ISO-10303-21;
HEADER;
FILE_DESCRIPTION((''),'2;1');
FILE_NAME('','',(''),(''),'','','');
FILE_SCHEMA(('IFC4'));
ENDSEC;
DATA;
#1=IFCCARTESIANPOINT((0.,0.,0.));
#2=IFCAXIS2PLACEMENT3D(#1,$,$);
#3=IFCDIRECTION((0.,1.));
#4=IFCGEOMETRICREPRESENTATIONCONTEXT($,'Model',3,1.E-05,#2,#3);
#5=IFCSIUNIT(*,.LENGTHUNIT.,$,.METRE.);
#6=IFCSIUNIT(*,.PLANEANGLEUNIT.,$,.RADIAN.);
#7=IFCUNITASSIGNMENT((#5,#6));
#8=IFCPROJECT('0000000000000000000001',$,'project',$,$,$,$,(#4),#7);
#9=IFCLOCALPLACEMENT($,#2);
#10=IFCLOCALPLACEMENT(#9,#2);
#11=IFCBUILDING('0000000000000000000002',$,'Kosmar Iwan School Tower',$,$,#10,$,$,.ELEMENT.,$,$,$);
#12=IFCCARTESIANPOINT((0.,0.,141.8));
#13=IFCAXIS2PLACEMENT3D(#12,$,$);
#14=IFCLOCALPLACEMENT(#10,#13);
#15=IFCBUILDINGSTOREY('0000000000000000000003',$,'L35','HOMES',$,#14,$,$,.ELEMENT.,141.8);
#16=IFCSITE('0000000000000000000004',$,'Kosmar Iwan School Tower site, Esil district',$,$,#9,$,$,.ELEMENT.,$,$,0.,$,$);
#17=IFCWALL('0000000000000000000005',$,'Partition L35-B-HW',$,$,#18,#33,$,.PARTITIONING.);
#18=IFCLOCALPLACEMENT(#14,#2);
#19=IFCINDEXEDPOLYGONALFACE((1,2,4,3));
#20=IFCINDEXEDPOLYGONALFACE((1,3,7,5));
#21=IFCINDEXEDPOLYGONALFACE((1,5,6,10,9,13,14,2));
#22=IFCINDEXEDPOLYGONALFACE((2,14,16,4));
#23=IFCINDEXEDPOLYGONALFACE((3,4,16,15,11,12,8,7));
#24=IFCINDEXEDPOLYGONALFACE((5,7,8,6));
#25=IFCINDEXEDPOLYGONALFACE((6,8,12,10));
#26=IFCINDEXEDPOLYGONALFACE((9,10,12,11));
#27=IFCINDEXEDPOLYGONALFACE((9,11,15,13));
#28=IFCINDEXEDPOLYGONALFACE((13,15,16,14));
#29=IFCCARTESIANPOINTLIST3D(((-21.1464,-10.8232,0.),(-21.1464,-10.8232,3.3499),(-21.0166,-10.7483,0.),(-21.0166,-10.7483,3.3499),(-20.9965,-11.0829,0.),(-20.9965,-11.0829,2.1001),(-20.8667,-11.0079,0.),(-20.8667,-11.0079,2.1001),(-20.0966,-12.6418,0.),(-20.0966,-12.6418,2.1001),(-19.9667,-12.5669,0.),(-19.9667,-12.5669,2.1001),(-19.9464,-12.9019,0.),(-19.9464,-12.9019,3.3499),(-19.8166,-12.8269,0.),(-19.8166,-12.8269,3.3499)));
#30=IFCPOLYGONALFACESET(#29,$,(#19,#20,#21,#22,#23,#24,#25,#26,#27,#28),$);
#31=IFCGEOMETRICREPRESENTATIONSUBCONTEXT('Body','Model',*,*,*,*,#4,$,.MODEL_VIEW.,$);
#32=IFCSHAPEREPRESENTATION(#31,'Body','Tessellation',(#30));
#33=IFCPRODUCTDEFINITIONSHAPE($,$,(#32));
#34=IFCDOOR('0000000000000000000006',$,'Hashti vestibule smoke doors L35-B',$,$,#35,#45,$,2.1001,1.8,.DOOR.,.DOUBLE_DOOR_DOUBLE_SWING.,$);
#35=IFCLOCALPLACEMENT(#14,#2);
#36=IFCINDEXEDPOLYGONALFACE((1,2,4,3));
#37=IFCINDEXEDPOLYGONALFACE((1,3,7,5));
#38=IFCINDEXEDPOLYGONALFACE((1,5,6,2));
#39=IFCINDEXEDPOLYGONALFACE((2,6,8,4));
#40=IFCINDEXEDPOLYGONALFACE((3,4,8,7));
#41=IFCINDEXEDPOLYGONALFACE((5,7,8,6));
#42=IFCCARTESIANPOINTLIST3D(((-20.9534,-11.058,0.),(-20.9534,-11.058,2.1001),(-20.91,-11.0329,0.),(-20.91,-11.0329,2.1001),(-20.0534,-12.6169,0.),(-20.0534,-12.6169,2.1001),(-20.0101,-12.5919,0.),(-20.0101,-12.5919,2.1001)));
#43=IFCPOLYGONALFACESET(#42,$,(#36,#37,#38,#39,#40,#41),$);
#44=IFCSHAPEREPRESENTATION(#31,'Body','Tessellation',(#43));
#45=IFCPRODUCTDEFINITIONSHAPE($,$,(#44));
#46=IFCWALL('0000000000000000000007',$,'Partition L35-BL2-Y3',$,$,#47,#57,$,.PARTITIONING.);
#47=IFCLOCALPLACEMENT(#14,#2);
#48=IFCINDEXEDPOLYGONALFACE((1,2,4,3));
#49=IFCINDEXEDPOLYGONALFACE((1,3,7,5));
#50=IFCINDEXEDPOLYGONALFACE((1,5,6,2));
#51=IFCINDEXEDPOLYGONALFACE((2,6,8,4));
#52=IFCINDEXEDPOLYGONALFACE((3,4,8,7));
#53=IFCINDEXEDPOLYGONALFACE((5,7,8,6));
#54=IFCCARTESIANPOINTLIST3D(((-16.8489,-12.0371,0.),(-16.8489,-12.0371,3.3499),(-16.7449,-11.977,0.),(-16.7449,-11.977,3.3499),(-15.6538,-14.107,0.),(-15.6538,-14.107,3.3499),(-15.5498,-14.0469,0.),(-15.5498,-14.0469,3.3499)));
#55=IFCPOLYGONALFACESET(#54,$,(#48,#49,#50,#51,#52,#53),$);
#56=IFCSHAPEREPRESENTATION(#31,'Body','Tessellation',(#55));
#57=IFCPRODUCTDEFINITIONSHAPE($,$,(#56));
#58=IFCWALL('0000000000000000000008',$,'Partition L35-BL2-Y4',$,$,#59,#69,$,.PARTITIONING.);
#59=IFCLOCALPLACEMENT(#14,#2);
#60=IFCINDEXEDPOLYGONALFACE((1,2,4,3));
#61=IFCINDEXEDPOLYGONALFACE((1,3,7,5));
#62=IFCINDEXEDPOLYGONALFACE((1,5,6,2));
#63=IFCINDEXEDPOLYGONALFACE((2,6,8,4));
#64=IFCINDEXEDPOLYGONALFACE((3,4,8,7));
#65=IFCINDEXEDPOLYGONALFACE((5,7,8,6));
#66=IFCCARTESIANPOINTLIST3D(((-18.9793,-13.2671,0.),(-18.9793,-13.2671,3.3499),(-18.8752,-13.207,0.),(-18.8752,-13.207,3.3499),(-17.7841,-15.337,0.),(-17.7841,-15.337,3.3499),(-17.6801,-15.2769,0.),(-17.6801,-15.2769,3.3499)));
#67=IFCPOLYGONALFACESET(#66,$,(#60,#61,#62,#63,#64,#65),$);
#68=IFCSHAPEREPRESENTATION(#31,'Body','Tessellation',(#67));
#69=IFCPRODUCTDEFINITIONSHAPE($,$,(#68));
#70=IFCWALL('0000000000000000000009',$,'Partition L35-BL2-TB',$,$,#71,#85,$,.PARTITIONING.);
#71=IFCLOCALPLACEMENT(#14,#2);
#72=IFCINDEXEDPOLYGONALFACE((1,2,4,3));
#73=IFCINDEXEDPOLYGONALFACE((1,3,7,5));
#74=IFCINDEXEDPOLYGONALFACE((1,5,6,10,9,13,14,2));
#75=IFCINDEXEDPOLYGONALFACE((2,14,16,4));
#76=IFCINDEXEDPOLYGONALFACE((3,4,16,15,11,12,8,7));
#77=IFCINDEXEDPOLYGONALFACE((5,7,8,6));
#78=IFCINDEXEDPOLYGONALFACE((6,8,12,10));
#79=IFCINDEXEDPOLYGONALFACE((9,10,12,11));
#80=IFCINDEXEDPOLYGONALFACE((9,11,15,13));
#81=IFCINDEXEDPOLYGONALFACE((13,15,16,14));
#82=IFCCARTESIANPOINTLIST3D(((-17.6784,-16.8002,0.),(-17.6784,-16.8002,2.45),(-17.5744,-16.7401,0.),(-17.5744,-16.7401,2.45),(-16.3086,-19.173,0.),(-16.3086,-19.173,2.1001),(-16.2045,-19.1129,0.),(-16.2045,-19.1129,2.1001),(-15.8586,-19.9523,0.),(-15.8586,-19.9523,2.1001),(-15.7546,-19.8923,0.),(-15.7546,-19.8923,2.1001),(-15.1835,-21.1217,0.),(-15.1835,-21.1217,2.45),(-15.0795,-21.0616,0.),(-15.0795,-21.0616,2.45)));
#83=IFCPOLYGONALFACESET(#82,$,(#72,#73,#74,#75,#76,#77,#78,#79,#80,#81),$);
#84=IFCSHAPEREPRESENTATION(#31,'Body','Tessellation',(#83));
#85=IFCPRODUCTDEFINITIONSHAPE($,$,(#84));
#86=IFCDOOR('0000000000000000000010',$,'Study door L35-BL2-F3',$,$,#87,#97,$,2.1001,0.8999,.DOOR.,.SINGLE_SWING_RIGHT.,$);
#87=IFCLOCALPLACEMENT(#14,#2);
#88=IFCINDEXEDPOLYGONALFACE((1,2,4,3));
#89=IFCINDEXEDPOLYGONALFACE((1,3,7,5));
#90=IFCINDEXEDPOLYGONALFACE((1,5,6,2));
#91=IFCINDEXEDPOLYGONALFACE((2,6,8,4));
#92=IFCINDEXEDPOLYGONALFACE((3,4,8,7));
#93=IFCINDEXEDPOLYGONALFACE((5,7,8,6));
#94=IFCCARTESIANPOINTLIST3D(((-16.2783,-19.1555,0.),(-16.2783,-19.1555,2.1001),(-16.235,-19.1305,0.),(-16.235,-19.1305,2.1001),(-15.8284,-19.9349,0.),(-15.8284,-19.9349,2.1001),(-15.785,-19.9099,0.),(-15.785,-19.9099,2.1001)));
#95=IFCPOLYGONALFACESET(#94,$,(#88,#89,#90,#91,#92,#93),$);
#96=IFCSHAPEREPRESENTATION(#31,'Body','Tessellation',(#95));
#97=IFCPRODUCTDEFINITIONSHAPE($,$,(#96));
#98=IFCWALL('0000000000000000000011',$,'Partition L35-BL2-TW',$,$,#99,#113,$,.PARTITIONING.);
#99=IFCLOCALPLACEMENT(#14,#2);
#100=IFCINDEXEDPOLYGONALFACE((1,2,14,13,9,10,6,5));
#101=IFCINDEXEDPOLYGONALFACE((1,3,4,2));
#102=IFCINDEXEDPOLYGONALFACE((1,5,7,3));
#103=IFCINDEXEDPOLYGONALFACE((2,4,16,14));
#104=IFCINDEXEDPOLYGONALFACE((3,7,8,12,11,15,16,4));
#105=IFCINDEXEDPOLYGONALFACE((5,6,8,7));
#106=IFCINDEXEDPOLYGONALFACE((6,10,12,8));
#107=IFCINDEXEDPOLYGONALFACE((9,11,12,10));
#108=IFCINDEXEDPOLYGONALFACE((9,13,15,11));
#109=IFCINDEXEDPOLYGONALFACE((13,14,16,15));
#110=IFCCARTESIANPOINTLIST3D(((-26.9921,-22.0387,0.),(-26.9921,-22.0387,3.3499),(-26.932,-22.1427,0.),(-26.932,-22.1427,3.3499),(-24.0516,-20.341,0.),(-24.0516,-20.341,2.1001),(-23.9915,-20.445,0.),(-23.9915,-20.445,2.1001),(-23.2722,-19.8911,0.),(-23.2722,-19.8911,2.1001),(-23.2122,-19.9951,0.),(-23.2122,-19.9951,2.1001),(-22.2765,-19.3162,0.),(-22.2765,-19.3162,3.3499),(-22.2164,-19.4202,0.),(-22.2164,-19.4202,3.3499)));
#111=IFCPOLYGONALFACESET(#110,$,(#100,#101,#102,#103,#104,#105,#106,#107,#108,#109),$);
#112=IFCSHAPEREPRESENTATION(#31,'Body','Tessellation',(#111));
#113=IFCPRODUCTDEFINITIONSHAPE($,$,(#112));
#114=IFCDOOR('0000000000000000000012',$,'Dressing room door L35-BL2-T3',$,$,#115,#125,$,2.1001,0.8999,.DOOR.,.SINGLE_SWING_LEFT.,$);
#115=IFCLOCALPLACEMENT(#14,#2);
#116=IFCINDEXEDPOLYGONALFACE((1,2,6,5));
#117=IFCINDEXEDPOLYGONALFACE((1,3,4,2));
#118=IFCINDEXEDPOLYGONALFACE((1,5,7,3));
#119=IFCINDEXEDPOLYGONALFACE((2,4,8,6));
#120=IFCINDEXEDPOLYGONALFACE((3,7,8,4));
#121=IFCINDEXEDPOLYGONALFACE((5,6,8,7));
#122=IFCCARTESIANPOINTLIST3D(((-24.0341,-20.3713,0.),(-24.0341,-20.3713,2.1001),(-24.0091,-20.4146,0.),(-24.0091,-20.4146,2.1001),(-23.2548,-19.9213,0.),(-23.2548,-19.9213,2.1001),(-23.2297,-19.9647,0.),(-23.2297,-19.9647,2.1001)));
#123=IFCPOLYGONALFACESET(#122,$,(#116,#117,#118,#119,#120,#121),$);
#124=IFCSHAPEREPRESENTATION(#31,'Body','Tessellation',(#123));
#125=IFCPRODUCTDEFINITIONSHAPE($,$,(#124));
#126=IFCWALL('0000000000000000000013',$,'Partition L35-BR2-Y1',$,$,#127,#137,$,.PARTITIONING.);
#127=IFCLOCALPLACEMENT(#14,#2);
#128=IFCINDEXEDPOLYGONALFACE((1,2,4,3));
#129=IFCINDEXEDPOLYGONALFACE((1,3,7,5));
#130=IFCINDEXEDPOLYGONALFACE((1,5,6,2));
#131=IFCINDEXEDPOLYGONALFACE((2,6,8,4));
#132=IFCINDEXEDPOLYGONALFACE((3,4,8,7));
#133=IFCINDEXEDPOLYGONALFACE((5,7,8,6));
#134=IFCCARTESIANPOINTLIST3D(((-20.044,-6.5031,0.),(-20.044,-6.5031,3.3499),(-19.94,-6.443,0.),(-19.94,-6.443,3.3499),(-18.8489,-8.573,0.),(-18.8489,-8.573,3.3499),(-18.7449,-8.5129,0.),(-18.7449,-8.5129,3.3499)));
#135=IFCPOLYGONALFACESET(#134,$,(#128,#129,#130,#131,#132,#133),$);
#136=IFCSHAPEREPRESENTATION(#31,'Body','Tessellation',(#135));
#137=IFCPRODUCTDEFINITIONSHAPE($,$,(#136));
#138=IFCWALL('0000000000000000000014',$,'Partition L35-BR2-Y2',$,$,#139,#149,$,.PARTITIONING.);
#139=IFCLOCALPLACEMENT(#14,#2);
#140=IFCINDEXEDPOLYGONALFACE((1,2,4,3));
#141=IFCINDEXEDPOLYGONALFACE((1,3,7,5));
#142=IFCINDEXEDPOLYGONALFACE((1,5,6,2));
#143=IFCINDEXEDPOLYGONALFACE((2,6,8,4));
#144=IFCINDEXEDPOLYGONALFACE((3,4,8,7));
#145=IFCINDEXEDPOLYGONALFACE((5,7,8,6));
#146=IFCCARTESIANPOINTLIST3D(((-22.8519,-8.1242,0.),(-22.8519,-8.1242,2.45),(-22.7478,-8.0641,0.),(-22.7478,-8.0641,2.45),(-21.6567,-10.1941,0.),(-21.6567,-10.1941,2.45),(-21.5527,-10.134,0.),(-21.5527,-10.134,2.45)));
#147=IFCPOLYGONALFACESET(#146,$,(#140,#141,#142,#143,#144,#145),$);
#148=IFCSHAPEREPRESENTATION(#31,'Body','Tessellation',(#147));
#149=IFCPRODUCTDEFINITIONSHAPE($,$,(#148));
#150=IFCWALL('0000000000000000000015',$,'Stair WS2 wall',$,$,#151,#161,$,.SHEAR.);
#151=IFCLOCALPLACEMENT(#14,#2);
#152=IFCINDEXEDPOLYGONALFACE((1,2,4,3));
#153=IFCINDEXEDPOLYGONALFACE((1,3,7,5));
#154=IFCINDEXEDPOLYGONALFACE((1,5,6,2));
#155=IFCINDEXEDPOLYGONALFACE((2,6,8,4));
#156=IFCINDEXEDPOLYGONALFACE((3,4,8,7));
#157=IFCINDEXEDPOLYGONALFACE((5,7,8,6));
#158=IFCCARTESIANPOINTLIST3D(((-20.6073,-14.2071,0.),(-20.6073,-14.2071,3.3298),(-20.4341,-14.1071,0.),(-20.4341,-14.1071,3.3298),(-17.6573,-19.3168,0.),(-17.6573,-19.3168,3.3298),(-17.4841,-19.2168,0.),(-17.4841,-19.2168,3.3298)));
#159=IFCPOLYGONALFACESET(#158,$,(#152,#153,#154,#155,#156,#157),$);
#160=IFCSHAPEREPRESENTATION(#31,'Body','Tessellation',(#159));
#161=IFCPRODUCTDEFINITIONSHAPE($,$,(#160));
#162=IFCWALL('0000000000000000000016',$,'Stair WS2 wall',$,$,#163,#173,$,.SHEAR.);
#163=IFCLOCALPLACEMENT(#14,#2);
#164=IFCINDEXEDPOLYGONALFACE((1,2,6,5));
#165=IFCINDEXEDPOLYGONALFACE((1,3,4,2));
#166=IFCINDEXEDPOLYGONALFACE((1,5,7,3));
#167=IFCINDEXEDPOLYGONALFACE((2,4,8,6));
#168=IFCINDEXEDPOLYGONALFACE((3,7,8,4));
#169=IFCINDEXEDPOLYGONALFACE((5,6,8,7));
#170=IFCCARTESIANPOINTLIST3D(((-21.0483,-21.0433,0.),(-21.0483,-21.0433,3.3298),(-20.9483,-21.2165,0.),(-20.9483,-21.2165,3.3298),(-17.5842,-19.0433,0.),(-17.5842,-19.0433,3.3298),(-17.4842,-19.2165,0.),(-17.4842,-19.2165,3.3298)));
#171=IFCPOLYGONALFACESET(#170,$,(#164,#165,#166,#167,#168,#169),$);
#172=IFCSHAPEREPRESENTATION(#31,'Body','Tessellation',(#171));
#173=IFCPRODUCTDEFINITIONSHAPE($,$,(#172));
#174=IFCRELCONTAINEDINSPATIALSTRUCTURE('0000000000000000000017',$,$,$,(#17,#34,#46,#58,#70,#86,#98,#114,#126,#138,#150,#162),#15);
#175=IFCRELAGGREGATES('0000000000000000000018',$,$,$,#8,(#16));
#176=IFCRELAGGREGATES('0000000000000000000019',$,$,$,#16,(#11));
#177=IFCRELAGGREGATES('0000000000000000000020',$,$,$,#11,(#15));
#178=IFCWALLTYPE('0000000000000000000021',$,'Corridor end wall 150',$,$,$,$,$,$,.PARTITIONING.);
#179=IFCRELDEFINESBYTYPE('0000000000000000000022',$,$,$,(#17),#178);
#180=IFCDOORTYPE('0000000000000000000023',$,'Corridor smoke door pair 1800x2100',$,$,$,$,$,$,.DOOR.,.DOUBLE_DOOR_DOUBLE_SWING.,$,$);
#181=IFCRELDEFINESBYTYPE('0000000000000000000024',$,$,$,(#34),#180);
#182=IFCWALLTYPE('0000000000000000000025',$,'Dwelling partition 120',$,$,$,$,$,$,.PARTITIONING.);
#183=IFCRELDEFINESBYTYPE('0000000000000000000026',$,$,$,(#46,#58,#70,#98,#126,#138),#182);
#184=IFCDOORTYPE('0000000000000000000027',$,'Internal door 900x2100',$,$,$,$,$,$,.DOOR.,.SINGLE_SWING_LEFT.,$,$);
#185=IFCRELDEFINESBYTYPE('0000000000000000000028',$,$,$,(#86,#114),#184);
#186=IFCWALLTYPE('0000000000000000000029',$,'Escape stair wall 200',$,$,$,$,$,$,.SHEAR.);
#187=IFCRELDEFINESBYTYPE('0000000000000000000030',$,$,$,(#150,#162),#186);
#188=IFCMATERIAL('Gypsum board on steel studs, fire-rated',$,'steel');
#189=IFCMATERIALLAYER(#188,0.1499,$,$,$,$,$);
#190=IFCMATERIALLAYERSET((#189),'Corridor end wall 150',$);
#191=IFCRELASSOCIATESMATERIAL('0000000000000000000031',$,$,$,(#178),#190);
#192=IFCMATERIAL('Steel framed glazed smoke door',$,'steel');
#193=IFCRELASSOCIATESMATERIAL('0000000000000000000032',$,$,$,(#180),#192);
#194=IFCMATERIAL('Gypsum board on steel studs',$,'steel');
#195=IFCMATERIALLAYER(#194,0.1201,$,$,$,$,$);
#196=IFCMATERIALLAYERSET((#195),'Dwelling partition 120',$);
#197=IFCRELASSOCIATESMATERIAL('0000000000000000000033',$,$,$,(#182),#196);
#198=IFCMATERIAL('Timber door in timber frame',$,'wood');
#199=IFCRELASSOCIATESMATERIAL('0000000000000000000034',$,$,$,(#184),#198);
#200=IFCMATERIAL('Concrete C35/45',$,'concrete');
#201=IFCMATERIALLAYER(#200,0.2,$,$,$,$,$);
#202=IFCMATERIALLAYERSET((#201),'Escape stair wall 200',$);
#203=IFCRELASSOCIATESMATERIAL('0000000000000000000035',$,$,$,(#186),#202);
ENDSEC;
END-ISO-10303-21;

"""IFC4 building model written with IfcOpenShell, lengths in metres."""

from ifc_helpers import new_model, si_unit, direction, frame, frame_2d, origin, place, context, subcontext, project, spatial, rectangle, extrude, material, layer, layer_set, type_object, element, fill, save


model = new_model("IFC4")

# Units and contexts
model_context = context("Model", 3, precision=1e-05, world=origin(), true_north=direction((0.0, 1.0)))
body_context = subcontext(model_context, "Body", "Model", "MODEL_VIEW")
ifc_project = project(units=[si_unit("LENGTHUNIT", "METRE"), si_unit("PLANEANGLEUNIT", "RADIAN")], contexts=[model_context])

# Site, building, storey
site_placement = place(None, origin())
site = spatial("IfcSite", under=ifc_project, at=site_placement, Name="Kosmar Iwan School Tower site, Esil district", CompositionType="ELEMENT", RefElevation=0.0)
building_placement = place(site_placement, origin())
building = spatial("IfcBuilding", under=site, at=building_placement, Name="Kosmar Iwan School Tower", CompositionType="ELEMENT")
storey_placement = place(building_placement, frame((0.0, 0.0, 141.8)))
storey = spatial("IfcBuildingStorey", under=building, at=storey_placement, Name="L35", Description="HOMES", CompositionType="ELEMENT", Elevation=141.8)

# Wall, opening, door
ifc_material_1 = material(Name="Gypsum board on steel studs, fire-rated", Category="steel")
ifc_layer_1 = layer(ifc_material_1, 0.1499)
ifc_layer_set_1 = layer_set([ifc_layer_1], Name="Corridor end wall 150")
wall_type_1 = type_object("IfcWallType", Name="Corridor end wall 150", PredefinedType="PARTITIONING", material=ifc_layer_set_1)
wall_1_placement = place(storey_placement, frame((-21.0815, -10.7856, 0.0), z_axis=(0.0, 0.0, 1.0), x_axis=(0.499957, -0.86605, 0.0)))
wall_1 = element("IfcWall", 1, at=wall_1_placement, inside=storey, type_object=wall_type_1, Name="Partition L35-B-HW", PredefinedType="PARTITIONING", context=body_context, shape_type="SweptSolid", body=[
    extrude(rectangle(XDim=2.4001, YDim=0.1499, at=frame_2d((1.2002, 0.0))), origin(), (0.0, 0.0, 1.0), 3.3499),
])
opening_1_placement = place(wall_1_placement, frame((0.3, 0.0, 0.0)))
opening_1 = element("IfcOpeningElement", 2, at=opening_1_placement, cuts=wall_1, PredefinedType="OPENING", context=body_context, shape_type="SweptSolid", body=[
    extrude(rectangle(XDim=1.8, YDim=2.1001, at=frame_2d((0.8999, 1.05))), frame((0.0, 0.0869, 0.0), z_axis=(0.0, -1.0, 0.0), x_axis=(1.0, 0.0, 0.0)), (0.0, 0.0, 1.0), 0.1738),
])
ifc_material_2 = material(Name="Steel framed glazed smoke door", Category="steel")
door_type_1 = type_object("IfcDoorType", Name="Corridor smoke door pair 1800x2100", OperationType="DOUBLE_DOOR_DOUBLE_SWING", PredefinedType="DOOR", material=ifc_material_2)
door_1_placement = place(opening_1_placement, origin())
door_1 = element("IfcDoor", 3, at=door_1_placement, inside=storey, type_object=door_type_1, Name="Hashti vestibule smoke doors L35-B", OperationType="DOUBLE_DOOR_DOUBLE_SWING", OverallHeight=2.1001, OverallWidth=1.8, PredefinedType="DOOR", context=body_context, shape_type="SweptSolid", body=[
    extrude(rectangle(XDim=1.8, YDim=2.1001, at=frame_2d((0.8999, 1.05))), frame((0.0, 0.0249, 0.0), z_axis=(0.0, -1.0, 0.0), x_axis=(1.0, 0.0, 0.0)), (0.0, 0.0, 1.0), 0.05),
])
fill(opening_1, door_1)

# Walls
ifc_material_3 = material(Name="Gypsum board on steel studs", Category="steel")
ifc_layer_2 = layer(ifc_material_3, 0.1201)
ifc_layer_set_2 = layer_set([ifc_layer_2], Name="Dwelling partition 120")
wall_type_2 = type_object("IfcWallType", Name="Dwelling partition 120", PredefinedType="PARTITIONING", material=ifc_layer_set_2)
for number, where, z_axis, x_axis, name in (
    (4, (-16.7969, -12.0071, 0.0), (0.0, 0.0, 1.0), (0.500017, -0.866015, 0.0), "Partition L35-BL2-Y3"),
    (5, (-18.9272, -13.2371, 0.0), (0.0, 0.0, 1.0), (0.500017, -0.866015, 0.0), "Partition L35-BL2-Y4"),
):
    element("IfcWall", number, at=place(storey_placement, frame(where, z_axis=z_axis, x_axis=x_axis)), inside=storey, type_object=wall_type_2, Name=name, PredefinedType="PARTITIONING", context=body_context, shape_type="SweptSolid", body=[
        extrude(rectangle(XDim=2.3901, YDim=0.1201, at=frame_2d((1.1951, 0.0))), origin(), (0.0, 0.0, 1.0), 3.3499),
    ])

# Walls, openings, doors
wall_2_placement = place(storey_placement, frame((-17.6265, -16.77, 0.0), z_axis=(0.0, 0.0, 1.0), x_axis=(0.499975, -0.86604, 0.0)))
wall_2 = element("IfcWall", 6, at=wall_2_placement, inside=storey, type_object=wall_type_2, Name="Partition L35-BL2-TB", PredefinedType="PARTITIONING", context=body_context, shape_type="SweptSolid", body=[
    extrude(rectangle(XDim=4.99, YDim=0.1201, at=frame_2d((2.4951, 0.0))), origin(), (0.0, 0.0, 1.0), 2.45),
])
opening_2_placement = place(wall_2_placement, frame((2.74, 0.0, 0.0)))
opening_2 = element("IfcOpeningElement", 7, at=opening_2_placement, cuts=wall_2, PredefinedType="OPENING", context=body_context, shape_type="SweptSolid", body=[
    extrude(rectangle(XDim=0.8999, YDim=2.1001, at=frame_2d((0.45, 1.05))), frame((0.0, 0.072, 0.0), z_axis=(0.0, -1.0, 0.0), x_axis=(1.0, 0.0, 0.0)), (0.0, 0.0, 1.0), 0.144),
])
ifc_material_4 = material(Name="Timber door in timber frame", Category="wood")
door_type_2 = type_object("IfcDoorType", Name="Internal door 900x2100", OperationType="SINGLE_SWING_LEFT", PredefinedType="DOOR", material=ifc_material_4)
door_2_placement = place(opening_2_placement, origin())
door_2 = element("IfcDoor", 8, at=door_2_placement, inside=storey, type_object=door_type_2, Name="Study door L35-BL2-F3", OperationType="SINGLE_SWING_RIGHT", OverallHeight=2.1001, OverallWidth=0.8999, PredefinedType="DOOR", context=body_context, shape_type="SweptSolid", body=[
    extrude(rectangle(XDim=0.8999, YDim=2.1001, at=frame_2d((0.45, 1.05))), frame((0.0, 0.0249, 0.0), z_axis=(0.0, -1.0, 0.0), x_axis=(1.0, 0.0, 0.0)), (0.0, 0.0, 1.0), 0.05),
])
fill(opening_2, door_2)
wall_3_placement = place(storey_placement, frame((-22.2463, -19.3682, 0.0), z_axis=(0.0, 0.0, 1.0), x_axis=(-0.866036, -0.499982, 0.0)))
wall_3 = element("IfcWall", 9, at=wall_3_placement, inside=storey, type_object=wall_type_2, Name="Partition L35-BL2-TW", PredefinedType="PARTITIONING", context=body_context, shape_type="SweptSolid", body=[
    extrude(rectangle(XDim=5.4451, YDim=0.1201, at=frame_2d((2.7227, 0.0))), origin(), (0.0, 0.0, 1.0), 3.3499),
])
opening_3_placement = place(wall_3_placement, frame((1.1499, 0.0, 0.0)))
opening_3 = element("IfcOpeningElement", 10, at=opening_3_placement, cuts=wall_3, PredefinedType="OPENING", context=body_context, shape_type="SweptSolid", body=[
    extrude(rectangle(XDim=0.8999, YDim=2.1001, at=frame_2d((0.45, 1.05))), frame((0.0, 0.072, 0.0), z_axis=(0.0, -1.0, 0.0), x_axis=(1.0, 0.0, 0.0)), (0.0, 0.0, 1.0), 0.144),
])
door_3_placement = place(opening_3_placement, origin())
door_3 = element("IfcDoor", 11, at=door_3_placement, inside=storey, type_object=door_type_2, Name="Dressing room door L35-BL2-T3", OperationType="SINGLE_SWING_LEFT", OverallHeight=2.1001, OverallWidth=0.8999, PredefinedType="DOOR", context=body_context, shape_type="SweptSolid", body=[
    extrude(rectangle(XDim=0.8999, YDim=2.1001, at=frame_2d((0.45, 1.05))), frame((0.0, 0.0249, 0.0), z_axis=(0.0, -1.0, 0.0), x_axis=(1.0, 0.0, 0.0)), (0.0, 0.0, 1.0), 0.05),
])
fill(opening_3, door_3)

# Walls
wall_4_placement = place(storey_placement, frame((-18.7969, -8.543, 0.0), z_axis=(0.0, 0.0, 1.0), x_axis=(-0.500017, 0.866015, 0.0)))
element("IfcWall", 12, at=wall_4_placement, inside=storey, type_object=wall_type_2, Name="Partition L35-BR2-Y1", PredefinedType="PARTITIONING", context=body_context, shape_type="SweptSolid", body=[
    extrude(rectangle(XDim=2.3901, YDim=0.1201, at=frame_2d((1.1951, 0.0))), origin(), (0.0, 0.0, 1.0), 3.3499),
])
wall_5_placement = place(storey_placement, frame((-21.6047, -10.1641, 0.0), z_axis=(0.0, 0.0, 1.0), x_axis=(-0.500017, 0.866015, 0.0)))
element("IfcWall", 13, at=wall_5_placement, inside=storey, type_object=wall_type_2, Name="Partition L35-BR2-Y2", PredefinedType="PARTITIONING", context=body_context, shape_type="SweptSolid", body=[
    extrude(rectangle(XDim=2.3901, YDim=0.1201, at=frame_2d((1.1951, 0.0))), origin(), (0.0, 0.0, 1.0), 2.45),
])
ifc_material_5 = material(Name="Concrete C35/45", Category="concrete")
ifc_layer_3 = layer(ifc_material_5, 0.2)
ifc_layer_set_3 = layer_set([ifc_layer_3], Name="Escape stair wall 200")
wall_type_3 = type_object("IfcWallType", Name="Escape stair wall 200", PredefinedType="SHEAR", material=ifc_layer_set_3)
wall_6_placement = place(storey_placement, frame((-20.5208, -14.157, 0.0), z_axis=(0.0, 0.0, 1.0), x_axis=(0.499989, -0.866032, 0.0)))
element("IfcWall", 14, at=wall_6_placement, inside=storey, type_object=wall_type_3, Name="Stair WS2 wall", PredefinedType="SHEAR", context=body_context, shape_type="SweptSolid", body=[
    extrude(rectangle(XDim=5.9001, YDim=0.2, at=frame_2d((2.9502, 0.0))), origin(), (0.0, 0.0, 1.0), 3.3298),
])
wall_7_placement = place(storey_placement, frame((-17.5342, -19.1299, 0.0), z_axis=(0.0, 0.0, 1.0), x_axis=(-0.866026, -0.499999, 0.0)))
element("IfcWall", 15, at=wall_7_placement, inside=storey, type_object=wall_type_3, Name="Stair WS2 wall", PredefinedType="SHEAR", context=body_context, shape_type="SweptSolid", body=[
    extrude(rectangle(XDim=4.0, YDim=0.2, at=frame_2d((2.0, 0.0))), origin(), (0.0, 0.0, 1.0), 3.3298),
])

save(model, "model.ifc")
